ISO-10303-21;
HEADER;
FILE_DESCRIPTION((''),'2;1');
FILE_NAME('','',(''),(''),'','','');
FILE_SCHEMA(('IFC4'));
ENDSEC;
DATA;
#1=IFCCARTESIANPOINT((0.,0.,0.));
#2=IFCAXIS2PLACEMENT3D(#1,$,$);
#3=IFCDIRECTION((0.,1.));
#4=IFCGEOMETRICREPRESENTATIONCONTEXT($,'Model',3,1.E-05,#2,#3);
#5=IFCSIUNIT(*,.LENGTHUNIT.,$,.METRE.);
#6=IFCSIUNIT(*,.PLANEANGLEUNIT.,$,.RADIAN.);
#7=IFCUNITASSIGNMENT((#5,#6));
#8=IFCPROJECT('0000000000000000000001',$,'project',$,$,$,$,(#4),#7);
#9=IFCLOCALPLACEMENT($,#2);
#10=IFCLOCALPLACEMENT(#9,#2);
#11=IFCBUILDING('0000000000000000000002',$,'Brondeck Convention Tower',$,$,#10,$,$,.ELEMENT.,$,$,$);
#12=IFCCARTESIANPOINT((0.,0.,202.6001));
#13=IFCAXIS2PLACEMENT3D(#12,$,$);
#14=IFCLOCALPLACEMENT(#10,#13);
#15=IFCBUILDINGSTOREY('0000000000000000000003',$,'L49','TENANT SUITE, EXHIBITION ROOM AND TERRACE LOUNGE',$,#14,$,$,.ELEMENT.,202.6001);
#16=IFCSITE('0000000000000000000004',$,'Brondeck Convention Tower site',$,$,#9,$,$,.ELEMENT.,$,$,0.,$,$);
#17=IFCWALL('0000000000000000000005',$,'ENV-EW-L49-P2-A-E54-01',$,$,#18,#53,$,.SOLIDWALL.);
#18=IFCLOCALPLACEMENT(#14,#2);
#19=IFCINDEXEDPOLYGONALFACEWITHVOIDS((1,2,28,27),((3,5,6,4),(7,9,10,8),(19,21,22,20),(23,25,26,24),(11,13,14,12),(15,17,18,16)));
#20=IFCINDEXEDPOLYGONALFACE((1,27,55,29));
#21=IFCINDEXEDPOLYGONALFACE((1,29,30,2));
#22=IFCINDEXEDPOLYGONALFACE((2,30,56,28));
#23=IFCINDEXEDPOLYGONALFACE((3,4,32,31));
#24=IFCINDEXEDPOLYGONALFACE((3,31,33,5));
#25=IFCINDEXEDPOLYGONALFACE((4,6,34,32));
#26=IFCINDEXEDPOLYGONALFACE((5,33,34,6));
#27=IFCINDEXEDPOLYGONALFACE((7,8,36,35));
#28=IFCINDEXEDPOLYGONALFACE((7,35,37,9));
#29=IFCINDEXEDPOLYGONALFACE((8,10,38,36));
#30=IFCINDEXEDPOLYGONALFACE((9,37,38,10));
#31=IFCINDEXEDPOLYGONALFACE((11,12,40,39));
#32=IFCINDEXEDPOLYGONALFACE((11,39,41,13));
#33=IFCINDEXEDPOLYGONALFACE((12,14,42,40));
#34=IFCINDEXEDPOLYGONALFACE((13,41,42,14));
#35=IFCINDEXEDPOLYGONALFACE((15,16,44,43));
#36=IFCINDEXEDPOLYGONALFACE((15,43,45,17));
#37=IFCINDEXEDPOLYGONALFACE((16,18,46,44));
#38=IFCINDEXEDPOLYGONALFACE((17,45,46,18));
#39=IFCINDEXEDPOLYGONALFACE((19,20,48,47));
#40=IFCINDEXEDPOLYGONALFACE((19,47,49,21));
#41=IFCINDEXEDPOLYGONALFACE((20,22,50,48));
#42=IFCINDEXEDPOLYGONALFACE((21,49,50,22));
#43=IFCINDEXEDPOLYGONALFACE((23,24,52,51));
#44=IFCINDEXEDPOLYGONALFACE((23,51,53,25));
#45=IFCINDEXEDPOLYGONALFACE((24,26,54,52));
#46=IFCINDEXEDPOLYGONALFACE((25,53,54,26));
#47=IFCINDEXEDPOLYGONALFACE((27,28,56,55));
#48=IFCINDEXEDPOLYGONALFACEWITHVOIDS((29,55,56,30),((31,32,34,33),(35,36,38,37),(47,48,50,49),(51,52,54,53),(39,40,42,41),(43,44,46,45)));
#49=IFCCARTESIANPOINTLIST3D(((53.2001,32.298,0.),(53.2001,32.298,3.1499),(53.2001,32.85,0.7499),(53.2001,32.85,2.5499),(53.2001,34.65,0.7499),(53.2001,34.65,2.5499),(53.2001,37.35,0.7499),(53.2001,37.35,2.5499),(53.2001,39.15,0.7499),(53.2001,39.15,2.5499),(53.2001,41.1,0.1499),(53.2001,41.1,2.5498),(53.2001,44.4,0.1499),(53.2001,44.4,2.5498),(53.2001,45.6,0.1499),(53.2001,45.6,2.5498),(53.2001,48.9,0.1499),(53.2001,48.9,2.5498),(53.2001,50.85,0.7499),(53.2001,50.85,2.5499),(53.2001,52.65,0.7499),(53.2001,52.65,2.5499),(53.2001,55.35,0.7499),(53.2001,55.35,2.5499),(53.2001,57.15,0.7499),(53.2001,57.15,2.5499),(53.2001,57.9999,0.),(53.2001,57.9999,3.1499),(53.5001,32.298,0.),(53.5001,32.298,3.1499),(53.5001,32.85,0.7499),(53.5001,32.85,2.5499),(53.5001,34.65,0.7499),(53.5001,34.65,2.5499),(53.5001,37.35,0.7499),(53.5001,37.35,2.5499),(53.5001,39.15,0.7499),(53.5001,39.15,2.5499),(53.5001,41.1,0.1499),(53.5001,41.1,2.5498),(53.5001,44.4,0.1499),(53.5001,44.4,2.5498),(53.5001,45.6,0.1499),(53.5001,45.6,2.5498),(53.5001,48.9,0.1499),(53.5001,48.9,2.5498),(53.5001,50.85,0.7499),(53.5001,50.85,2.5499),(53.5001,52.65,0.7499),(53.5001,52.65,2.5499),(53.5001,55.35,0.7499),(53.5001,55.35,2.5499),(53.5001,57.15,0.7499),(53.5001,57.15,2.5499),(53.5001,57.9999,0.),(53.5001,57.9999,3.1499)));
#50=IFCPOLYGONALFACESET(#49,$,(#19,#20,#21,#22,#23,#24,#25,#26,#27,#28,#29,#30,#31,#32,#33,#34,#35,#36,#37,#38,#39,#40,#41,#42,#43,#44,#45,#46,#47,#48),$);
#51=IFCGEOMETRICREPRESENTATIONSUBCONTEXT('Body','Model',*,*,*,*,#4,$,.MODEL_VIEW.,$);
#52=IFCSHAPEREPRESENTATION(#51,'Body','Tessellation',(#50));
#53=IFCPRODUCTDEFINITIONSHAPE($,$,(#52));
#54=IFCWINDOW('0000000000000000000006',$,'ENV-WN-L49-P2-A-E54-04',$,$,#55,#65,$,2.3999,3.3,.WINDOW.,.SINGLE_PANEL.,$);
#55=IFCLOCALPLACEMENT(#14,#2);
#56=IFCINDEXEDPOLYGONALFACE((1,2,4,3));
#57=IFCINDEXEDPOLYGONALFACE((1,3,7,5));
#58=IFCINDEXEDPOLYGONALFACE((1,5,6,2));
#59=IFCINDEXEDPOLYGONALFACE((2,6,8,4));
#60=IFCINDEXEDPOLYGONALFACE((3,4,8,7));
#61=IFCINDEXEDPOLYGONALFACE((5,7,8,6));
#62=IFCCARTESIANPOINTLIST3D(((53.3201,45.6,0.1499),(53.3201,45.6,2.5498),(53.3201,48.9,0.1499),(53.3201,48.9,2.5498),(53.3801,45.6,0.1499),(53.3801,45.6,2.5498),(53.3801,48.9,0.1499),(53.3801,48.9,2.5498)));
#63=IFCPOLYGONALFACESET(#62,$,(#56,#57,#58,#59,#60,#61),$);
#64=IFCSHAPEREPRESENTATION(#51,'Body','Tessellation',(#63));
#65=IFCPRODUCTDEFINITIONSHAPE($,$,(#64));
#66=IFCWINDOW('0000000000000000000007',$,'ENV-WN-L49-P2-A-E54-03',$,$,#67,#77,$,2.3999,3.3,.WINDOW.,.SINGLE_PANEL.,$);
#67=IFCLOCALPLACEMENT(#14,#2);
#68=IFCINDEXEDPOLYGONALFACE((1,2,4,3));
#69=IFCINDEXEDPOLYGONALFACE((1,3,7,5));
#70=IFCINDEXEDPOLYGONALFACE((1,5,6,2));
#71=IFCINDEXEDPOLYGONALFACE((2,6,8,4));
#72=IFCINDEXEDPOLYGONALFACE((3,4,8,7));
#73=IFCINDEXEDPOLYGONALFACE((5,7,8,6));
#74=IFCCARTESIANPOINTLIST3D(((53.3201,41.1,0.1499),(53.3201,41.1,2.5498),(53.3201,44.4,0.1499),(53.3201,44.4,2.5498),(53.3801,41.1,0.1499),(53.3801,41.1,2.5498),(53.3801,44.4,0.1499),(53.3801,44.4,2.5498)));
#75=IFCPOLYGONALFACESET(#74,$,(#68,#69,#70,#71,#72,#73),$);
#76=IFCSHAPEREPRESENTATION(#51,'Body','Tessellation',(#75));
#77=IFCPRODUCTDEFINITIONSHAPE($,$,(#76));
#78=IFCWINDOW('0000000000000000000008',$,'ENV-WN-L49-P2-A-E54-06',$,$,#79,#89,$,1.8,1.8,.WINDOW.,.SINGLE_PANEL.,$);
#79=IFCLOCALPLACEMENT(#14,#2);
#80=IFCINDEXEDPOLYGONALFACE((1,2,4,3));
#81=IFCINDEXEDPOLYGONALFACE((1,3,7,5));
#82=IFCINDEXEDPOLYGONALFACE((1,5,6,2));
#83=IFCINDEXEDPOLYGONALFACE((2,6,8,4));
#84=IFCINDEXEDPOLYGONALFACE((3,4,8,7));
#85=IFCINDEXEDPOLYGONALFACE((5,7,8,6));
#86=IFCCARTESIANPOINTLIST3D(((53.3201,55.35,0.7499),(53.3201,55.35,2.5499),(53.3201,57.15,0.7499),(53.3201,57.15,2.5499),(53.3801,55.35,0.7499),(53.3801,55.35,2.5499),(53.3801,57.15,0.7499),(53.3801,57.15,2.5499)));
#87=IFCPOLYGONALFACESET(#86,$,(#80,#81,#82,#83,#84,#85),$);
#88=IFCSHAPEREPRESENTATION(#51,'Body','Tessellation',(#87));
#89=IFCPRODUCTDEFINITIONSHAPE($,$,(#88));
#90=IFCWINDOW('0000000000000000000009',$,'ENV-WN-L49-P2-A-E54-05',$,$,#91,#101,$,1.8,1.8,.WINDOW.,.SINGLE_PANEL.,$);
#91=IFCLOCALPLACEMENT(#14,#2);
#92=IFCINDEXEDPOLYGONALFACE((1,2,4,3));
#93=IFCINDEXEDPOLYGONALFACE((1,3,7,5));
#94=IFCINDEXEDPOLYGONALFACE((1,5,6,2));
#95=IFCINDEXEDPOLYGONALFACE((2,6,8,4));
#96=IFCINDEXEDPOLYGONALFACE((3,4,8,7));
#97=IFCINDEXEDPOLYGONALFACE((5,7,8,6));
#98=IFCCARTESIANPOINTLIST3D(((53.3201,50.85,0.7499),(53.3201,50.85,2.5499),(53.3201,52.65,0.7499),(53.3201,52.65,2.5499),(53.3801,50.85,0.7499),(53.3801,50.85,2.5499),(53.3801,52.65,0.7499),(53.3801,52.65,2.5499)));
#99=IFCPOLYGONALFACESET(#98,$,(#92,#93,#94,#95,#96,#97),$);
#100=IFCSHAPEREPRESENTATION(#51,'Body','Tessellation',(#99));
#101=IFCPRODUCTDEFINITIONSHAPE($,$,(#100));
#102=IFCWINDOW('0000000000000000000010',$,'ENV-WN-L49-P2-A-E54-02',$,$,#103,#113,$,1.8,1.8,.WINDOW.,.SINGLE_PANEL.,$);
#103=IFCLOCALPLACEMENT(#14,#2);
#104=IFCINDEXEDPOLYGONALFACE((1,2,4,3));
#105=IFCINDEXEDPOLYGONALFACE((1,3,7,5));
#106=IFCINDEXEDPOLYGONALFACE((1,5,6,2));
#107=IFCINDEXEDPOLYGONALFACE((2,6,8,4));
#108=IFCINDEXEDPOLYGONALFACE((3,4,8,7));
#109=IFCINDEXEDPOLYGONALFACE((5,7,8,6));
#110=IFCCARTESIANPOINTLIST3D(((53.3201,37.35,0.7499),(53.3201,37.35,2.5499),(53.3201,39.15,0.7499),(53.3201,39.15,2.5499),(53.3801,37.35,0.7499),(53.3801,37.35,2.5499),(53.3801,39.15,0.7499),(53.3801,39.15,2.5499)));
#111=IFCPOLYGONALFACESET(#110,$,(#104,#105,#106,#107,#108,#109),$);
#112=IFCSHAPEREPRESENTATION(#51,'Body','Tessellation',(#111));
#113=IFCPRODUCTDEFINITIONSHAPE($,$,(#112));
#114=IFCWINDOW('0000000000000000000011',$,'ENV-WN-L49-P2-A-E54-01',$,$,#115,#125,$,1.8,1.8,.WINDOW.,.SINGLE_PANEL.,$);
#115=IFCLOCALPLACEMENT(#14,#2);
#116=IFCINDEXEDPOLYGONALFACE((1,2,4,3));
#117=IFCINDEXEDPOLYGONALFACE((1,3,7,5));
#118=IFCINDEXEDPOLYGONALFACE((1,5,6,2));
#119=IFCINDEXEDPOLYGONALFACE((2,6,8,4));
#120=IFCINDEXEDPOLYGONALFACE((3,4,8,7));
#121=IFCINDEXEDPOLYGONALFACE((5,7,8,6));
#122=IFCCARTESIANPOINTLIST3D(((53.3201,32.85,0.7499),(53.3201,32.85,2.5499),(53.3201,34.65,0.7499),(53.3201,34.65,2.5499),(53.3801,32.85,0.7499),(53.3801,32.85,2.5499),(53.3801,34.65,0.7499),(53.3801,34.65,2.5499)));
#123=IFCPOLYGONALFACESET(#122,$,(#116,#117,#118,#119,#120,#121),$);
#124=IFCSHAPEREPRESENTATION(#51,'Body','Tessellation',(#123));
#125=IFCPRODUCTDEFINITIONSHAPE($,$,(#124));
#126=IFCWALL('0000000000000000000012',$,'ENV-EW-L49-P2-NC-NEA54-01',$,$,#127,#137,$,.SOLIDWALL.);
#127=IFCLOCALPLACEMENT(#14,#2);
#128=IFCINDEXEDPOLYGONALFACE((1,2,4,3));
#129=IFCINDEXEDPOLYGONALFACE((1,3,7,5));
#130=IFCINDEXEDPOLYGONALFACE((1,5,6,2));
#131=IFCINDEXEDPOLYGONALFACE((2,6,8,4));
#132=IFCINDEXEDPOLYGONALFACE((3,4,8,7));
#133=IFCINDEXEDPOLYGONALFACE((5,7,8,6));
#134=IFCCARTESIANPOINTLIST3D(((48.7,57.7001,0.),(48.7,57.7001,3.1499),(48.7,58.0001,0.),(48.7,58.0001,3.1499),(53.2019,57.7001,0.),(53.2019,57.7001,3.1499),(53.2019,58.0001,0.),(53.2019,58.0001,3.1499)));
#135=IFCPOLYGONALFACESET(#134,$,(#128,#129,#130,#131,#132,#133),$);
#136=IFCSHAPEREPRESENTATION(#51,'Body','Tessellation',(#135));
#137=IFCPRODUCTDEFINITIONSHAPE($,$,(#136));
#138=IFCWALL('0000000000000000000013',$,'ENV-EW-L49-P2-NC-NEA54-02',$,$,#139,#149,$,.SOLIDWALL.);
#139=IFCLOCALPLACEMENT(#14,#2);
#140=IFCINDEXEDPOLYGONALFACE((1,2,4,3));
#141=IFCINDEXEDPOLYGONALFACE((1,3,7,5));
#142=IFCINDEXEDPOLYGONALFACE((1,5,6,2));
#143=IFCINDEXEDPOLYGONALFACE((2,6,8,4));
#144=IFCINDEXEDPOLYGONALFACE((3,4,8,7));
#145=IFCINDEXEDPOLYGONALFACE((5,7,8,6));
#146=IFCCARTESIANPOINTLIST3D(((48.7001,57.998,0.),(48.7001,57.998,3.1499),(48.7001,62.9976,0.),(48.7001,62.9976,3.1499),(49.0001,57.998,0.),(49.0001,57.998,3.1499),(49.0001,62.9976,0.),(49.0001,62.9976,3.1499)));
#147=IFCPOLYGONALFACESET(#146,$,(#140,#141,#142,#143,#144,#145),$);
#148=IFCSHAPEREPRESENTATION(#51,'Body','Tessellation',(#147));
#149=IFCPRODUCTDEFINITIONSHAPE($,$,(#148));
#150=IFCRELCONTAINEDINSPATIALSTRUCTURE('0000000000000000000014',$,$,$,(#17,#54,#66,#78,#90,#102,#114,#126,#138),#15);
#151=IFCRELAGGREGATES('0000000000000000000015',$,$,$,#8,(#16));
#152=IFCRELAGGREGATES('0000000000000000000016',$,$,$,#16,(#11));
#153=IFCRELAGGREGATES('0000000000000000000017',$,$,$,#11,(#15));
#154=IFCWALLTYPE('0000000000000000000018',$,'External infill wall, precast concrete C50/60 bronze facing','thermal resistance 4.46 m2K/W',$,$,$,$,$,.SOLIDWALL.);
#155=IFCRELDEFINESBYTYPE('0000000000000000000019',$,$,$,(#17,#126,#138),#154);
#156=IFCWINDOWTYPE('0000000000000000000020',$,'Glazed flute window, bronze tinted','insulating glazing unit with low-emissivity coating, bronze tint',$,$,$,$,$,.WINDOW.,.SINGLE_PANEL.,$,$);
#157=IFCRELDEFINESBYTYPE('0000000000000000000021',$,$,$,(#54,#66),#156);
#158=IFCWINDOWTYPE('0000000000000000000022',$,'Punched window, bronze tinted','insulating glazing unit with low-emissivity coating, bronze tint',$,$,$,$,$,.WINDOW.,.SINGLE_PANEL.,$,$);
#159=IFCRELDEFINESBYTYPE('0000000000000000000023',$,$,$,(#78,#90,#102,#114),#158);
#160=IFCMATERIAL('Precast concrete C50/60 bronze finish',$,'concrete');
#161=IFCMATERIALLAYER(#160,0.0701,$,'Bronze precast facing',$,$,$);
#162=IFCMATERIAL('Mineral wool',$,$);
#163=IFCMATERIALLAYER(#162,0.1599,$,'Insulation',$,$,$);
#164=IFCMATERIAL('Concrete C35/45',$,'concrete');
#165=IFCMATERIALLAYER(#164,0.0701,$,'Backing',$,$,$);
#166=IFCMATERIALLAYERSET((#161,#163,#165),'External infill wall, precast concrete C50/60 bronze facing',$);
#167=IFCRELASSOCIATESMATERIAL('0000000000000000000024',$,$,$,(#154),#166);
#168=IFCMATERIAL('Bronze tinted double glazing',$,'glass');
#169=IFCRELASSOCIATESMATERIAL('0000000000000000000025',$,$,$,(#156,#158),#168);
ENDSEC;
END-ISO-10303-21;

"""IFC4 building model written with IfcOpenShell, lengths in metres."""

from ifc_helpers import new_model, si_unit, direction, frame, frame_2d, origin, place, context, subcontext, project, spatial, rectangle, extrude, material, layer, layer_set, type_object, element, fill, save


model = new_model("IFC4")

# Units and contexts
model_context = context("Model", 3, precision=1e-05, world=origin(), true_north=direction((0.0, 1.0)))
body_context = subcontext(model_context, "Body", "Model", "MODEL_VIEW")
ifc_project = project(units=[si_unit("LENGTHUNIT", "METRE"), si_unit("PLANEANGLEUNIT", "RADIAN")], contexts=[model_context])

# Site, building, storey
site_placement = place(None, origin())
site = spatial("IfcSite", under=ifc_project, at=site_placement, Name="Brondeck Convention Tower site", CompositionType="ELEMENT", RefElevation=0.0)
building_placement = place(site_placement, origin())
building = spatial("IfcBuilding", under=site, at=building_placement, Name="Brondeck Convention Tower", CompositionType="ELEMENT")
storey_placement = place(building_placement, frame((0.0, 0.0, 202.6001)))
storey = spatial("IfcBuildingStorey", under=building, at=storey_placement, Name="L49", Description="TENANT SUITE, EXHIBITION ROOM AND TERRACE LOUNGE", CompositionType="ELEMENT", Elevation=202.6001)

# Wall, openings, windows
ifc_material_1 = material(Name="Precast concrete C50/60 bronze finish", Category="concrete")
ifc_layer_1 = layer(ifc_material_1, 0.0701, Name="Bronze precast facing")
ifc_material_2 = material(Name="Mineral wool")
ifc_layer_2 = layer(ifc_material_2, 0.1599, Name="Insulation")
ifc_material_3 = material(Name="Concrete C35/45", Category="concrete")
ifc_layer_3 = layer(ifc_material_3, 0.0701, Name="Backing")
ifc_layer_set_1 = layer_set([ifc_layer_1, ifc_layer_2, ifc_layer_3], Name="External infill wall, precast concrete C50/60 bronze facing")
wall_type_1 = type_object("IfcWallType", Name="External infill wall, precast concrete C50/60 bronze facing", Description="thermal resistance 4.46 m2K/W", PredefinedType="SOLIDWALL", material=ifc_layer_set_1)
wall_1_placement = place(storey_placement, frame((53.3501, 58.0, 0.0), z_axis=(0.0, 0.0, 1.0), x_axis=(0.0, -1.0, 0.0)))
wall_1 = element("IfcWall", 1, at=wall_1_placement, inside=storey, type_object=wall_type_1, Name="ENV-EW-L49-P2-A-E54-01", PredefinedType="SOLIDWALL", context=body_context, shape_type="SweptSolid", body=[
    extrude(rectangle(XDim=25.7019, YDim=0.3, at=frame_2d((12.8511, 0.0))), origin(), (0.0, 0.0, 1.0), 3.1499),
])
opening_1_placement = place(wall_1_placement, frame((0.8501, 0.0, 0.75)))
opening_1 = element("IfcOpeningElement", 2, at=opening_1_placement, cuts=wall_1, PredefinedType="OPENING", context=body_context, shape_type="SweptSolid", body=[
    extrude(rectangle(XDim=1.8, YDim=1.8, at=frame_2d((0.8999, 0.8999))), frame((0.0, 0.1599, 0.0), z_axis=(0.0, -1.0, 0.0), x_axis=(1.0, 0.0, 0.0)), (0.0, 0.0, 1.0), 0.3201),
])
opening_2_placement = place(wall_1_placement, frame((5.3501, 0.0, 0.75)))
opening_2 = element("IfcOpeningElement", 3, at=opening_2_placement, cuts=wall_1, PredefinedType="OPENING", context=body_context, shape_type="SweptSolid", body=[
    extrude(rectangle(XDim=1.8, YDim=1.8, at=frame_2d((0.8999, 0.8999))), frame((0.0, 0.1599, 0.0), z_axis=(0.0, -1.0, 0.0), x_axis=(1.0, 0.0, 0.0)), (0.0, 0.0, 1.0), 0.3201),
])
opening_3_placement = place(wall_1_placement, frame((9.1001, 0.0, 0.1499)))
opening_3 = element("IfcOpeningElement", 4, at=opening_3_placement, cuts=wall_1, PredefinedType="OPENING", context=body_context, shape_type="SweptSolid", body=[
    extrude(rectangle(XDim=3.3, YDim=2.3999, at=frame_2d((1.6499, 1.2))), frame((0.0, 0.1599, 0.0), z_axis=(0.0, -1.0, 0.0), x_axis=(1.0, 0.0, 0.0)), (0.0, 0.0, 1.0), 0.3201),
])
opening_4_placement = place(wall_1_placement, frame((13.6001, 0.0, 0.1499)))
opening_4 = element("IfcOpeningElement", 5, at=opening_4_placement, cuts=wall_1, PredefinedType="OPENING", context=body_context, shape_type="SweptSolid", body=[
    extrude(rectangle(XDim=3.3, YDim=2.3999, at=frame_2d((1.6499, 1.2))), frame((0.0, 0.1599, 0.0), z_axis=(0.0, -1.0, 0.0), x_axis=(1.0, 0.0, 0.0)), (0.0, 0.0, 1.0), 0.3201),
])
opening_5_placement = place(wall_1_placement, frame((18.8501, 0.0, 0.75)))
opening_5 = element("IfcOpeningElement", 6, at=opening_5_placement, cuts=wall_1, PredefinedType="OPENING", context=body_context, shape_type="SweptSolid", body=[
    extrude(rectangle(XDim=1.8, YDim=1.8, at=frame_2d((0.8999, 0.8999))), frame((0.0, 0.1599, 0.0), z_axis=(0.0, -1.0, 0.0), x_axis=(1.0, 0.0, 0.0)), (0.0, 0.0, 1.0), 0.3201),
])
opening_6_placement = place(wall_1_placement, frame((23.3501, 0.0, 0.75)))
opening_6 = element("IfcOpeningElement", 7, at=opening_6_placement, cuts=wall_1, PredefinedType="OPENING", context=body_context, shape_type="SweptSolid", body=[
    extrude(rectangle(XDim=1.8, YDim=1.8, at=frame_2d((0.8999, 0.8999))), frame((0.0, 0.1599, 0.0), z_axis=(0.0, -1.0, 0.0), x_axis=(1.0, 0.0, 0.0)), (0.0, 0.0, 1.0), 0.3201),
])
ifc_material_4 = material(Name="Bronze tinted double glazing", Category="glass")
window_type_1 = type_object("IfcWindowType", Name="Glazed flute window, bronze tinted", Description="insulating glazing unit with low-emissivity coating, bronze tint", PartitioningType="SINGLE_PANEL", PredefinedType="WINDOW", material=ifc_material_4)
window_1_placement = place(opening_3_placement, origin())
window_1 = element("IfcWindow", 8, at=window_1_placement, inside=storey, type_object=window_type_1, Name="ENV-WN-L49-P2-A-E54-04", OverallHeight=2.3999, OverallWidth=3.3, PartitioningType="SINGLE_PANEL", PredefinedType="WINDOW", context=body_context, shape_type="SweptSolid", body=[
    extrude(rectangle(XDim=3.3, YDim=2.3999, at=frame_2d((1.6499, 1.2))), frame((0.0, 0.03, 0.0), z_axis=(0.0, -1.0, 0.0), x_axis=(1.0, 0.0, 0.0)), (0.0, 0.0, 1.0), 0.0601),
])
fill(opening_3, window_1)
window_2_placement = place(opening_4_placement, origin())
window_2 = element("IfcWindow", 9, at=window_2_placement, inside=storey, type_object=window_type_1, Name="ENV-WN-L49-P2-A-E54-03", OverallHeight=2.3999, OverallWidth=3.3, PartitioningType="SINGLE_PANEL", PredefinedType="WINDOW", context=body_context, shape_type="SweptSolid", body=[
    extrude(rectangle(XDim=3.3, YDim=2.3999, at=frame_2d((1.6499, 1.2))), frame((0.0, 0.03, 0.0), z_axis=(0.0, -1.0, 0.0), x_axis=(1.0, 0.0, 0.0)), (0.0, 0.0, 1.0), 0.0601),
])
fill(opening_4, window_2)
window_type_2 = type_object("IfcWindowType", Name="Punched window, bronze tinted", Description="insulating glazing unit with low-emissivity coating, bronze tint", PartitioningType="SINGLE_PANEL", PredefinedType="WINDOW", material=ifc_material_4)
window_3_placement = place(opening_1_placement, origin())
window_3 = element("IfcWindow", 10, at=window_3_placement, inside=storey, type_object=window_type_2, Name="ENV-WN-L49-P2-A-E54-06", OverallHeight=1.8, OverallWidth=1.8, PartitioningType="SINGLE_PANEL", PredefinedType="WINDOW", context=body_context, shape_type="SweptSolid", body=[
    extrude(rectangle(XDim=1.8, YDim=1.8, at=frame_2d((0.8999, 0.8999))), frame((0.0, 0.03, 0.0), z_axis=(0.0, -1.0, 0.0), x_axis=(1.0, 0.0, 0.0)), (0.0, 0.0, 1.0), 0.0601),
])
fill(opening_1, window_3)
window_4_placement = place(opening_2_placement, origin())
window_4 = element("IfcWindow", 11, at=window_4_placement, inside=storey, type_object=window_type_2, Name="ENV-WN-L49-P2-A-E54-05", OverallHeight=1.8, OverallWidth=1.8, PartitioningType="SINGLE_PANEL", PredefinedType="WINDOW", context=body_context, shape_type="SweptSolid", body=[
    extrude(rectangle(XDim=1.8, YDim=1.8, at=frame_2d((0.8999, 0.8999))), frame((0.0, 0.03, 0.0), z_axis=(0.0, -1.0, 0.0), x_axis=(1.0, 0.0, 0.0)), (0.0, 0.0, 1.0), 0.0601),
])
fill(opening_2, window_4)
window_5_placement = place(opening_5_placement, origin())
window_5 = element("IfcWindow", 12, at=window_5_placement, inside=storey, type_object=window_type_2, Name="ENV-WN-L49-P2-A-E54-02", OverallHeight=1.8, OverallWidth=1.8, PartitioningType="SINGLE_PANEL", PredefinedType="WINDOW", context=body_context, shape_type="SweptSolid", body=[
    extrude(rectangle(XDim=1.8, YDim=1.8, at=frame_2d((0.8999, 0.8999))), frame((0.0, 0.03, 0.0), z_axis=(0.0, -1.0, 0.0), x_axis=(1.0, 0.0, 0.0)), (0.0, 0.0, 1.0), 0.0601),
])
fill(opening_5, window_5)
window_6_placement = place(opening_6_placement, origin())
window_6 = element("IfcWindow", 13, at=window_6_placement, inside=storey, type_object=window_type_2, Name="ENV-WN-L49-P2-A-E54-01", OverallHeight=1.8, OverallWidth=1.8, PartitioningType="SINGLE_PANEL", PredefinedType="WINDOW", context=body_context, shape_type="SweptSolid", body=[
    extrude(rectangle(XDim=1.8, YDim=1.8, at=frame_2d((0.8999, 0.8999))), frame((0.0, 0.03, 0.0), z_axis=(0.0, -1.0, 0.0), x_axis=(1.0, 0.0, 0.0)), (0.0, 0.0, 1.0), 0.0601),
])
fill(opening_6, window_6)

# Walls
wall_2_placement = place(storey_placement, frame((48.7, 57.8501, 0.0), z_axis=(0.0, 0.0, 1.0), x_axis=(1.0, 0.0, 0.0)))
element("IfcWall", 14, at=wall_2_placement, inside=storey, type_object=wall_type_1, Name="ENV-EW-L49-P2-NC-NEA54-01", PredefinedType="SOLIDWALL", context=body_context, shape_type="SweptSolid", body=[
    extrude(rectangle(XDim=4.502, YDim=0.3, at=frame_2d((2.251, 0.0))), origin(), (0.0, 0.0, 1.0), 3.1499),
])
wall_3_placement = place(storey_placement, frame((48.8501, 62.9976, 0.0), z_axis=(0.0, 0.0, 1.0), x_axis=(0.0, -1.0, 0.0)))
element("IfcWall", 15, at=wall_3_placement, inside=storey, type_object=wall_type_1, Name="ENV-EW-L49-P2-NC-NEA54-02", PredefinedType="SOLIDWALL", context=body_context, shape_type="SweptSolid", body=[
    extrude(rectangle(XDim=4.9995, YDim=0.3, at=frame_2d((2.4998, 0.0))), origin(), (0.0, 0.0, 1.0), 3.1499),
])

save(model, "model.ifc")
